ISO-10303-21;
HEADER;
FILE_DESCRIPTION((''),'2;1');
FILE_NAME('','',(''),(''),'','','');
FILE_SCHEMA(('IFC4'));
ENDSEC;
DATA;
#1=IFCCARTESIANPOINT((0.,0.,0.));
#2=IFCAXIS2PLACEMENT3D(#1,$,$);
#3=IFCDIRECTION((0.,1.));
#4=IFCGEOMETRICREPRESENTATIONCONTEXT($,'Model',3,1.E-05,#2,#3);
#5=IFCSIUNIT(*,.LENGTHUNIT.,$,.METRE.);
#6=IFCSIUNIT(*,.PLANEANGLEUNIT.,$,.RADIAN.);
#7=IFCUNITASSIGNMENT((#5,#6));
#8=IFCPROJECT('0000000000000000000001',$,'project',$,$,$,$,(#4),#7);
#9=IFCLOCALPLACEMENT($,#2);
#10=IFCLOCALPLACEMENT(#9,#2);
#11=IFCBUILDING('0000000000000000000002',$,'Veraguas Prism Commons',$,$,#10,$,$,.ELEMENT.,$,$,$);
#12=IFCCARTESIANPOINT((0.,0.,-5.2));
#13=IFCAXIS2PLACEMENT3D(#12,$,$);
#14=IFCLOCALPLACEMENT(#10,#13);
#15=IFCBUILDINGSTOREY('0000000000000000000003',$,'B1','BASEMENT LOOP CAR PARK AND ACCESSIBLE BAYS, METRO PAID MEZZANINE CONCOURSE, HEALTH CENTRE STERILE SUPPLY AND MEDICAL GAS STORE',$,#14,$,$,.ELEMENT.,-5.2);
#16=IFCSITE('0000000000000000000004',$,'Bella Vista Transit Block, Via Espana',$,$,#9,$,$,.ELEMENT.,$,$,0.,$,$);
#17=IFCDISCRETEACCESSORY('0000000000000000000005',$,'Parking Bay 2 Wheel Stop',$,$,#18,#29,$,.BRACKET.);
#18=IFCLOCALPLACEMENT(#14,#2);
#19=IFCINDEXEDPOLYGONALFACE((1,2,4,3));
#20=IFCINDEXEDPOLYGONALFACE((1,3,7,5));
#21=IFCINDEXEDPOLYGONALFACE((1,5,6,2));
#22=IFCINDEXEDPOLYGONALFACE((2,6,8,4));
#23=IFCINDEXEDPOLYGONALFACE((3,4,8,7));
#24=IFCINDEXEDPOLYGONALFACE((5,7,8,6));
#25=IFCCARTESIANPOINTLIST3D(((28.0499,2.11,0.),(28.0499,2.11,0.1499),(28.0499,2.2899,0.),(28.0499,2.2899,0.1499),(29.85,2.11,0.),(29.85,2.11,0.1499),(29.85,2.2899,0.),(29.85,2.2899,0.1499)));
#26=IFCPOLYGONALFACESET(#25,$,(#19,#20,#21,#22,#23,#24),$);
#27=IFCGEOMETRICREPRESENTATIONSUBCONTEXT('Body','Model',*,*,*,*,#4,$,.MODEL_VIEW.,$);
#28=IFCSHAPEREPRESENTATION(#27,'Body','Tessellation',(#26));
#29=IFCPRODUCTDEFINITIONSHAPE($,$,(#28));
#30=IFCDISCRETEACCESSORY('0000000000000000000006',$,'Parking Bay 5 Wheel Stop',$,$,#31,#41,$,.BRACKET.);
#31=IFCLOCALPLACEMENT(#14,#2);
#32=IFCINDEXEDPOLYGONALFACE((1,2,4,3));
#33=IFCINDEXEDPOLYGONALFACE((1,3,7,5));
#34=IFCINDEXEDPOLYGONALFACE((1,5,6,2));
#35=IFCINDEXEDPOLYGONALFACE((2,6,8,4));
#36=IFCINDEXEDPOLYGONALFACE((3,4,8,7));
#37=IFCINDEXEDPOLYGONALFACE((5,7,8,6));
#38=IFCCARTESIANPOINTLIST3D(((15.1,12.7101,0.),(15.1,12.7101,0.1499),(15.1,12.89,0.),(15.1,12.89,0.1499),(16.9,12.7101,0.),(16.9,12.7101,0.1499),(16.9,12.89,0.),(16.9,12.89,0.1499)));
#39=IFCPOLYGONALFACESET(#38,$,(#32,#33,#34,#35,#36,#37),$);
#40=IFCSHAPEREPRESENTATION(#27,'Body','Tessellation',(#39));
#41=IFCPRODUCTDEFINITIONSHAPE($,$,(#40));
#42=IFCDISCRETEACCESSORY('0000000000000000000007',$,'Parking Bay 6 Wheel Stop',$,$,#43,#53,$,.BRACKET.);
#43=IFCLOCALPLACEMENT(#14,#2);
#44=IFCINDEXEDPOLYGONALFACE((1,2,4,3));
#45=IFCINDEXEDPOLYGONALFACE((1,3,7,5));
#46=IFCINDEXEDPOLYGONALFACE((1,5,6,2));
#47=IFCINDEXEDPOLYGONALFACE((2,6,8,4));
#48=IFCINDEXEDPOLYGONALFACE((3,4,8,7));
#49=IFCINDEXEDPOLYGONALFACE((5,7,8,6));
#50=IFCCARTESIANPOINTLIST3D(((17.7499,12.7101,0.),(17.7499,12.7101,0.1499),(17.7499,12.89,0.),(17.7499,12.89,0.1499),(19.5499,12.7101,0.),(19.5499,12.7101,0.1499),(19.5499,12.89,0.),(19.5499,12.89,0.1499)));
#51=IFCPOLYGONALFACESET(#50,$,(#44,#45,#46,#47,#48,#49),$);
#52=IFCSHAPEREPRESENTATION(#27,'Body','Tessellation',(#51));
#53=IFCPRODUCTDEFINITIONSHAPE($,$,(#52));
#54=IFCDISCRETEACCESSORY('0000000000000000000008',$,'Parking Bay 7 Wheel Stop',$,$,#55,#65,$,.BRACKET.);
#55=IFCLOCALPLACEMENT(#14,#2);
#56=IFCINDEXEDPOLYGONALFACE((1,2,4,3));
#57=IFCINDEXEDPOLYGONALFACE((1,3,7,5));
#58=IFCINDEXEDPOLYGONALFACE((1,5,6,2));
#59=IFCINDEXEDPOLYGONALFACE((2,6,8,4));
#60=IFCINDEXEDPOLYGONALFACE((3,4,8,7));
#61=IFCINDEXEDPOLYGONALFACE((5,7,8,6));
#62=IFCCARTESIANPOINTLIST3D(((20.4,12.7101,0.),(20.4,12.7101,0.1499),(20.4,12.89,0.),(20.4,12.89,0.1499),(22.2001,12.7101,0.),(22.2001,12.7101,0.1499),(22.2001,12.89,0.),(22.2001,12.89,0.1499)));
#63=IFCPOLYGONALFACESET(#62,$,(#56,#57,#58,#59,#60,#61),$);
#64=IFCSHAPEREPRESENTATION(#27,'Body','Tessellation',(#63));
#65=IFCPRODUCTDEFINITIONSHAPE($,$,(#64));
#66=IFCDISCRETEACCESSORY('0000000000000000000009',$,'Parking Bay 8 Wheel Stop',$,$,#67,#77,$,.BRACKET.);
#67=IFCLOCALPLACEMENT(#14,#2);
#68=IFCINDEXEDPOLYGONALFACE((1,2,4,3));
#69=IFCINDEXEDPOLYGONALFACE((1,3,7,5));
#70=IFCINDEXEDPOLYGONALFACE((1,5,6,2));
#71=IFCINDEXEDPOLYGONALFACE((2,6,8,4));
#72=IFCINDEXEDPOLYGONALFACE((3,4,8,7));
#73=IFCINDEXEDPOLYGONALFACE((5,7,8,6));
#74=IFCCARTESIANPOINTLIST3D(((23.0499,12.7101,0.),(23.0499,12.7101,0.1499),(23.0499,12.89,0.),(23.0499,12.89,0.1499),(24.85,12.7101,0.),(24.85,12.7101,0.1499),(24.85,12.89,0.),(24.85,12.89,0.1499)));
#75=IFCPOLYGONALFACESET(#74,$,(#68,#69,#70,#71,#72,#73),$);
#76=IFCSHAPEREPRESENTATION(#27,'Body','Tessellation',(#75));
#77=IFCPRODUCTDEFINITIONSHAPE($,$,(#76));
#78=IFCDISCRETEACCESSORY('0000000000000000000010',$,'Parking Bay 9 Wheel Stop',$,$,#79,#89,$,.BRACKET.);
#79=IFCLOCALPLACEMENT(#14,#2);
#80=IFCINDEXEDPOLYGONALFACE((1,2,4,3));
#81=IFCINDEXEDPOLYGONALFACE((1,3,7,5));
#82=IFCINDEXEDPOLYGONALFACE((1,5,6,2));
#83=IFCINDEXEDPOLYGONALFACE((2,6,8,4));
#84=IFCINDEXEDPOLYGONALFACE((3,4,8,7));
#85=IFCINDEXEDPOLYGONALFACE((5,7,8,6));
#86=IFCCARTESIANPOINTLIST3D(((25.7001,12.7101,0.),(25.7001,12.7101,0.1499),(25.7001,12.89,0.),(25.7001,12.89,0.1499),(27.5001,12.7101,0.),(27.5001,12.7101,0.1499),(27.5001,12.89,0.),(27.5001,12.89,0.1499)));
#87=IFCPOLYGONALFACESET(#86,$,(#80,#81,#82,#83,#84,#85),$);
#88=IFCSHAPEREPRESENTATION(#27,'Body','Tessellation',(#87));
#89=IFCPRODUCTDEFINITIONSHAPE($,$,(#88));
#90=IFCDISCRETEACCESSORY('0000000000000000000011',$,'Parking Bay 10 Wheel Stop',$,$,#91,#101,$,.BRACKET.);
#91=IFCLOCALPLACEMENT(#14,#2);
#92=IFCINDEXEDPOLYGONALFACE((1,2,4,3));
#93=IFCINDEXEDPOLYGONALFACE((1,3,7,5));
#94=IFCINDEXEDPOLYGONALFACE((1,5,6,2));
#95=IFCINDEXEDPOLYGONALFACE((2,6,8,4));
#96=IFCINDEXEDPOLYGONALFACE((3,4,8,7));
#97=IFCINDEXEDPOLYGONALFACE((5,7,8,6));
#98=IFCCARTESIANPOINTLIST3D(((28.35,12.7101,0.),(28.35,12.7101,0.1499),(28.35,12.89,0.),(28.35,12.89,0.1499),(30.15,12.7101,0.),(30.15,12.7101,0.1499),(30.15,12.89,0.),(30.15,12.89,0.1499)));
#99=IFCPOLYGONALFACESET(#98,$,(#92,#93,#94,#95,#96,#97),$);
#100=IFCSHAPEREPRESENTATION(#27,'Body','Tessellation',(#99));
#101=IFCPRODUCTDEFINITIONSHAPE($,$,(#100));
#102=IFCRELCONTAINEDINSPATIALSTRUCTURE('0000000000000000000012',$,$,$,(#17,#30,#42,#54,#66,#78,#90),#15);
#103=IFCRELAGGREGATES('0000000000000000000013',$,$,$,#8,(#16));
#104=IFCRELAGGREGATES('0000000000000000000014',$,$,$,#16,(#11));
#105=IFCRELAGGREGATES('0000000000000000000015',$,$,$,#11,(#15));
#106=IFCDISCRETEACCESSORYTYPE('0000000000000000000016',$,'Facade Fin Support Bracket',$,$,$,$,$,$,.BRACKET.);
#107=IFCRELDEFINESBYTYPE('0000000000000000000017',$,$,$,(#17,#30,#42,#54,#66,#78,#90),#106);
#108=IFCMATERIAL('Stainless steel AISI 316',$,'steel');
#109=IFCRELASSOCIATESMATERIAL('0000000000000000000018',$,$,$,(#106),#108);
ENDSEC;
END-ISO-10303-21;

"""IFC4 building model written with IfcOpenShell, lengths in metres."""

from ifc_helpers import new_model, si_unit, direction, frame, origin, origin_2d, place, context, subcontext, project, spatial, rectangle, extrude, source, transform, mapped, material, type_object, element, save


model = new_model("IFC4")

# Units and contexts
model_context = context("Model", 3, precision=1e-05, world=origin(), true_north=direction((0.0, 1.0)))
body_context = subcontext(model_context, "Body", "Model", "MODEL_VIEW")
ifc_project = project(units=[si_unit("LENGTHUNIT", "METRE"), si_unit("PLANEANGLEUNIT", "RADIAN")], contexts=[model_context])

# Site, building, storey
site_placement = place(None, origin())
site = spatial("IfcSite", under=ifc_project, at=site_placement, Name="Bella Vista Transit Block, Via Espana", CompositionType="ELEMENT", RefElevation=0.0)
building_placement = place(site_placement, origin())
building = spatial("IfcBuilding", under=site, at=building_placement, Name="Veraguas Prism Commons", CompositionType="ELEMENT")
storey_placement = place(building_placement, frame((0.0, 0.0, -5.2)))
storey = spatial("IfcBuildingStorey", under=building, at=storey_placement, Name="B1", Description="BASEMENT LOOP CAR PARK AND ACCESSIBLE BAYS, METRO PAID MEZZANINE CONCOURSE, HEALTH CENTRE STERILE SUPPLY AND MEDICAL GAS STORE", CompositionType="ELEMENT", Elevation=-5.2)

# Discrete accessories
ifc_material_1 = material(Name="Stainless steel AISI 316", Category="steel")
discrete_accessory_type = type_object("IfcDiscreteAccessoryType", Name="Facade Fin Support Bracket", PredefinedType="BRACKET", material=ifc_material_1)
shared_shape_1 = source(origin(), body_context, "Body", "SweptSolid", [
    extrude(rectangle(XDim=1.8, YDim=0.1799, at=origin_2d()), origin(), (0.0, 0.0, 1.0), 0.1499),
])
for number, where, z_axis, x_axis, name in (
    (1, (28.95, 2.2, 0.0), (0.0, 0.0, 1.0), (1.0, 0.0, 0.0), "Parking Bay 2 Wheel Stop"),
    (2, (16.0, 12.8, 0.0), (0.0, 0.0, 1.0), (1.0, 0.0, 0.0), "Parking Bay 5 Wheel Stop"),
    (3, (18.6499, 12.8, 0.0), (0.0, 0.0, 1.0), (1.0, 0.0, 0.0), "Parking Bay 6 Wheel Stop"),
    (4, (21.3, 12.8, 0.0), (0.0, 0.0, 1.0), (1.0, 0.0, 0.0), "Parking Bay 7 Wheel Stop"),
    (5, (23.95, 12.8, 0.0), (0.0, 0.0, 1.0), (1.0, 0.0, 0.0), "Parking Bay 8 Wheel Stop"),
    (6, (26.6001, 12.8, 0.0), (0.0, 0.0, 1.0), (1.0, 0.0, 0.0), "Parking Bay 9 Wheel Stop"),
    (7, (29.25, 12.8, 0.0), (0.0, 0.0, 1.0), (1.0, 0.0, 0.0), "Parking Bay 10 Wheel Stop"),
):
    element("IfcDiscreteAccessory", number, at=place(storey_placement, frame(where, z_axis=z_axis, x_axis=x_axis)), inside=storey, type_object=discrete_accessory_type, Name=name, PredefinedType="BRACKET", context=body_context, shape_type="MappedRepresentation", body=[
        mapped(shared_shape_1, transform((0.0, 0.0, 0.0), scale=1.0)),
    ])

save(model, "model.ifc")
